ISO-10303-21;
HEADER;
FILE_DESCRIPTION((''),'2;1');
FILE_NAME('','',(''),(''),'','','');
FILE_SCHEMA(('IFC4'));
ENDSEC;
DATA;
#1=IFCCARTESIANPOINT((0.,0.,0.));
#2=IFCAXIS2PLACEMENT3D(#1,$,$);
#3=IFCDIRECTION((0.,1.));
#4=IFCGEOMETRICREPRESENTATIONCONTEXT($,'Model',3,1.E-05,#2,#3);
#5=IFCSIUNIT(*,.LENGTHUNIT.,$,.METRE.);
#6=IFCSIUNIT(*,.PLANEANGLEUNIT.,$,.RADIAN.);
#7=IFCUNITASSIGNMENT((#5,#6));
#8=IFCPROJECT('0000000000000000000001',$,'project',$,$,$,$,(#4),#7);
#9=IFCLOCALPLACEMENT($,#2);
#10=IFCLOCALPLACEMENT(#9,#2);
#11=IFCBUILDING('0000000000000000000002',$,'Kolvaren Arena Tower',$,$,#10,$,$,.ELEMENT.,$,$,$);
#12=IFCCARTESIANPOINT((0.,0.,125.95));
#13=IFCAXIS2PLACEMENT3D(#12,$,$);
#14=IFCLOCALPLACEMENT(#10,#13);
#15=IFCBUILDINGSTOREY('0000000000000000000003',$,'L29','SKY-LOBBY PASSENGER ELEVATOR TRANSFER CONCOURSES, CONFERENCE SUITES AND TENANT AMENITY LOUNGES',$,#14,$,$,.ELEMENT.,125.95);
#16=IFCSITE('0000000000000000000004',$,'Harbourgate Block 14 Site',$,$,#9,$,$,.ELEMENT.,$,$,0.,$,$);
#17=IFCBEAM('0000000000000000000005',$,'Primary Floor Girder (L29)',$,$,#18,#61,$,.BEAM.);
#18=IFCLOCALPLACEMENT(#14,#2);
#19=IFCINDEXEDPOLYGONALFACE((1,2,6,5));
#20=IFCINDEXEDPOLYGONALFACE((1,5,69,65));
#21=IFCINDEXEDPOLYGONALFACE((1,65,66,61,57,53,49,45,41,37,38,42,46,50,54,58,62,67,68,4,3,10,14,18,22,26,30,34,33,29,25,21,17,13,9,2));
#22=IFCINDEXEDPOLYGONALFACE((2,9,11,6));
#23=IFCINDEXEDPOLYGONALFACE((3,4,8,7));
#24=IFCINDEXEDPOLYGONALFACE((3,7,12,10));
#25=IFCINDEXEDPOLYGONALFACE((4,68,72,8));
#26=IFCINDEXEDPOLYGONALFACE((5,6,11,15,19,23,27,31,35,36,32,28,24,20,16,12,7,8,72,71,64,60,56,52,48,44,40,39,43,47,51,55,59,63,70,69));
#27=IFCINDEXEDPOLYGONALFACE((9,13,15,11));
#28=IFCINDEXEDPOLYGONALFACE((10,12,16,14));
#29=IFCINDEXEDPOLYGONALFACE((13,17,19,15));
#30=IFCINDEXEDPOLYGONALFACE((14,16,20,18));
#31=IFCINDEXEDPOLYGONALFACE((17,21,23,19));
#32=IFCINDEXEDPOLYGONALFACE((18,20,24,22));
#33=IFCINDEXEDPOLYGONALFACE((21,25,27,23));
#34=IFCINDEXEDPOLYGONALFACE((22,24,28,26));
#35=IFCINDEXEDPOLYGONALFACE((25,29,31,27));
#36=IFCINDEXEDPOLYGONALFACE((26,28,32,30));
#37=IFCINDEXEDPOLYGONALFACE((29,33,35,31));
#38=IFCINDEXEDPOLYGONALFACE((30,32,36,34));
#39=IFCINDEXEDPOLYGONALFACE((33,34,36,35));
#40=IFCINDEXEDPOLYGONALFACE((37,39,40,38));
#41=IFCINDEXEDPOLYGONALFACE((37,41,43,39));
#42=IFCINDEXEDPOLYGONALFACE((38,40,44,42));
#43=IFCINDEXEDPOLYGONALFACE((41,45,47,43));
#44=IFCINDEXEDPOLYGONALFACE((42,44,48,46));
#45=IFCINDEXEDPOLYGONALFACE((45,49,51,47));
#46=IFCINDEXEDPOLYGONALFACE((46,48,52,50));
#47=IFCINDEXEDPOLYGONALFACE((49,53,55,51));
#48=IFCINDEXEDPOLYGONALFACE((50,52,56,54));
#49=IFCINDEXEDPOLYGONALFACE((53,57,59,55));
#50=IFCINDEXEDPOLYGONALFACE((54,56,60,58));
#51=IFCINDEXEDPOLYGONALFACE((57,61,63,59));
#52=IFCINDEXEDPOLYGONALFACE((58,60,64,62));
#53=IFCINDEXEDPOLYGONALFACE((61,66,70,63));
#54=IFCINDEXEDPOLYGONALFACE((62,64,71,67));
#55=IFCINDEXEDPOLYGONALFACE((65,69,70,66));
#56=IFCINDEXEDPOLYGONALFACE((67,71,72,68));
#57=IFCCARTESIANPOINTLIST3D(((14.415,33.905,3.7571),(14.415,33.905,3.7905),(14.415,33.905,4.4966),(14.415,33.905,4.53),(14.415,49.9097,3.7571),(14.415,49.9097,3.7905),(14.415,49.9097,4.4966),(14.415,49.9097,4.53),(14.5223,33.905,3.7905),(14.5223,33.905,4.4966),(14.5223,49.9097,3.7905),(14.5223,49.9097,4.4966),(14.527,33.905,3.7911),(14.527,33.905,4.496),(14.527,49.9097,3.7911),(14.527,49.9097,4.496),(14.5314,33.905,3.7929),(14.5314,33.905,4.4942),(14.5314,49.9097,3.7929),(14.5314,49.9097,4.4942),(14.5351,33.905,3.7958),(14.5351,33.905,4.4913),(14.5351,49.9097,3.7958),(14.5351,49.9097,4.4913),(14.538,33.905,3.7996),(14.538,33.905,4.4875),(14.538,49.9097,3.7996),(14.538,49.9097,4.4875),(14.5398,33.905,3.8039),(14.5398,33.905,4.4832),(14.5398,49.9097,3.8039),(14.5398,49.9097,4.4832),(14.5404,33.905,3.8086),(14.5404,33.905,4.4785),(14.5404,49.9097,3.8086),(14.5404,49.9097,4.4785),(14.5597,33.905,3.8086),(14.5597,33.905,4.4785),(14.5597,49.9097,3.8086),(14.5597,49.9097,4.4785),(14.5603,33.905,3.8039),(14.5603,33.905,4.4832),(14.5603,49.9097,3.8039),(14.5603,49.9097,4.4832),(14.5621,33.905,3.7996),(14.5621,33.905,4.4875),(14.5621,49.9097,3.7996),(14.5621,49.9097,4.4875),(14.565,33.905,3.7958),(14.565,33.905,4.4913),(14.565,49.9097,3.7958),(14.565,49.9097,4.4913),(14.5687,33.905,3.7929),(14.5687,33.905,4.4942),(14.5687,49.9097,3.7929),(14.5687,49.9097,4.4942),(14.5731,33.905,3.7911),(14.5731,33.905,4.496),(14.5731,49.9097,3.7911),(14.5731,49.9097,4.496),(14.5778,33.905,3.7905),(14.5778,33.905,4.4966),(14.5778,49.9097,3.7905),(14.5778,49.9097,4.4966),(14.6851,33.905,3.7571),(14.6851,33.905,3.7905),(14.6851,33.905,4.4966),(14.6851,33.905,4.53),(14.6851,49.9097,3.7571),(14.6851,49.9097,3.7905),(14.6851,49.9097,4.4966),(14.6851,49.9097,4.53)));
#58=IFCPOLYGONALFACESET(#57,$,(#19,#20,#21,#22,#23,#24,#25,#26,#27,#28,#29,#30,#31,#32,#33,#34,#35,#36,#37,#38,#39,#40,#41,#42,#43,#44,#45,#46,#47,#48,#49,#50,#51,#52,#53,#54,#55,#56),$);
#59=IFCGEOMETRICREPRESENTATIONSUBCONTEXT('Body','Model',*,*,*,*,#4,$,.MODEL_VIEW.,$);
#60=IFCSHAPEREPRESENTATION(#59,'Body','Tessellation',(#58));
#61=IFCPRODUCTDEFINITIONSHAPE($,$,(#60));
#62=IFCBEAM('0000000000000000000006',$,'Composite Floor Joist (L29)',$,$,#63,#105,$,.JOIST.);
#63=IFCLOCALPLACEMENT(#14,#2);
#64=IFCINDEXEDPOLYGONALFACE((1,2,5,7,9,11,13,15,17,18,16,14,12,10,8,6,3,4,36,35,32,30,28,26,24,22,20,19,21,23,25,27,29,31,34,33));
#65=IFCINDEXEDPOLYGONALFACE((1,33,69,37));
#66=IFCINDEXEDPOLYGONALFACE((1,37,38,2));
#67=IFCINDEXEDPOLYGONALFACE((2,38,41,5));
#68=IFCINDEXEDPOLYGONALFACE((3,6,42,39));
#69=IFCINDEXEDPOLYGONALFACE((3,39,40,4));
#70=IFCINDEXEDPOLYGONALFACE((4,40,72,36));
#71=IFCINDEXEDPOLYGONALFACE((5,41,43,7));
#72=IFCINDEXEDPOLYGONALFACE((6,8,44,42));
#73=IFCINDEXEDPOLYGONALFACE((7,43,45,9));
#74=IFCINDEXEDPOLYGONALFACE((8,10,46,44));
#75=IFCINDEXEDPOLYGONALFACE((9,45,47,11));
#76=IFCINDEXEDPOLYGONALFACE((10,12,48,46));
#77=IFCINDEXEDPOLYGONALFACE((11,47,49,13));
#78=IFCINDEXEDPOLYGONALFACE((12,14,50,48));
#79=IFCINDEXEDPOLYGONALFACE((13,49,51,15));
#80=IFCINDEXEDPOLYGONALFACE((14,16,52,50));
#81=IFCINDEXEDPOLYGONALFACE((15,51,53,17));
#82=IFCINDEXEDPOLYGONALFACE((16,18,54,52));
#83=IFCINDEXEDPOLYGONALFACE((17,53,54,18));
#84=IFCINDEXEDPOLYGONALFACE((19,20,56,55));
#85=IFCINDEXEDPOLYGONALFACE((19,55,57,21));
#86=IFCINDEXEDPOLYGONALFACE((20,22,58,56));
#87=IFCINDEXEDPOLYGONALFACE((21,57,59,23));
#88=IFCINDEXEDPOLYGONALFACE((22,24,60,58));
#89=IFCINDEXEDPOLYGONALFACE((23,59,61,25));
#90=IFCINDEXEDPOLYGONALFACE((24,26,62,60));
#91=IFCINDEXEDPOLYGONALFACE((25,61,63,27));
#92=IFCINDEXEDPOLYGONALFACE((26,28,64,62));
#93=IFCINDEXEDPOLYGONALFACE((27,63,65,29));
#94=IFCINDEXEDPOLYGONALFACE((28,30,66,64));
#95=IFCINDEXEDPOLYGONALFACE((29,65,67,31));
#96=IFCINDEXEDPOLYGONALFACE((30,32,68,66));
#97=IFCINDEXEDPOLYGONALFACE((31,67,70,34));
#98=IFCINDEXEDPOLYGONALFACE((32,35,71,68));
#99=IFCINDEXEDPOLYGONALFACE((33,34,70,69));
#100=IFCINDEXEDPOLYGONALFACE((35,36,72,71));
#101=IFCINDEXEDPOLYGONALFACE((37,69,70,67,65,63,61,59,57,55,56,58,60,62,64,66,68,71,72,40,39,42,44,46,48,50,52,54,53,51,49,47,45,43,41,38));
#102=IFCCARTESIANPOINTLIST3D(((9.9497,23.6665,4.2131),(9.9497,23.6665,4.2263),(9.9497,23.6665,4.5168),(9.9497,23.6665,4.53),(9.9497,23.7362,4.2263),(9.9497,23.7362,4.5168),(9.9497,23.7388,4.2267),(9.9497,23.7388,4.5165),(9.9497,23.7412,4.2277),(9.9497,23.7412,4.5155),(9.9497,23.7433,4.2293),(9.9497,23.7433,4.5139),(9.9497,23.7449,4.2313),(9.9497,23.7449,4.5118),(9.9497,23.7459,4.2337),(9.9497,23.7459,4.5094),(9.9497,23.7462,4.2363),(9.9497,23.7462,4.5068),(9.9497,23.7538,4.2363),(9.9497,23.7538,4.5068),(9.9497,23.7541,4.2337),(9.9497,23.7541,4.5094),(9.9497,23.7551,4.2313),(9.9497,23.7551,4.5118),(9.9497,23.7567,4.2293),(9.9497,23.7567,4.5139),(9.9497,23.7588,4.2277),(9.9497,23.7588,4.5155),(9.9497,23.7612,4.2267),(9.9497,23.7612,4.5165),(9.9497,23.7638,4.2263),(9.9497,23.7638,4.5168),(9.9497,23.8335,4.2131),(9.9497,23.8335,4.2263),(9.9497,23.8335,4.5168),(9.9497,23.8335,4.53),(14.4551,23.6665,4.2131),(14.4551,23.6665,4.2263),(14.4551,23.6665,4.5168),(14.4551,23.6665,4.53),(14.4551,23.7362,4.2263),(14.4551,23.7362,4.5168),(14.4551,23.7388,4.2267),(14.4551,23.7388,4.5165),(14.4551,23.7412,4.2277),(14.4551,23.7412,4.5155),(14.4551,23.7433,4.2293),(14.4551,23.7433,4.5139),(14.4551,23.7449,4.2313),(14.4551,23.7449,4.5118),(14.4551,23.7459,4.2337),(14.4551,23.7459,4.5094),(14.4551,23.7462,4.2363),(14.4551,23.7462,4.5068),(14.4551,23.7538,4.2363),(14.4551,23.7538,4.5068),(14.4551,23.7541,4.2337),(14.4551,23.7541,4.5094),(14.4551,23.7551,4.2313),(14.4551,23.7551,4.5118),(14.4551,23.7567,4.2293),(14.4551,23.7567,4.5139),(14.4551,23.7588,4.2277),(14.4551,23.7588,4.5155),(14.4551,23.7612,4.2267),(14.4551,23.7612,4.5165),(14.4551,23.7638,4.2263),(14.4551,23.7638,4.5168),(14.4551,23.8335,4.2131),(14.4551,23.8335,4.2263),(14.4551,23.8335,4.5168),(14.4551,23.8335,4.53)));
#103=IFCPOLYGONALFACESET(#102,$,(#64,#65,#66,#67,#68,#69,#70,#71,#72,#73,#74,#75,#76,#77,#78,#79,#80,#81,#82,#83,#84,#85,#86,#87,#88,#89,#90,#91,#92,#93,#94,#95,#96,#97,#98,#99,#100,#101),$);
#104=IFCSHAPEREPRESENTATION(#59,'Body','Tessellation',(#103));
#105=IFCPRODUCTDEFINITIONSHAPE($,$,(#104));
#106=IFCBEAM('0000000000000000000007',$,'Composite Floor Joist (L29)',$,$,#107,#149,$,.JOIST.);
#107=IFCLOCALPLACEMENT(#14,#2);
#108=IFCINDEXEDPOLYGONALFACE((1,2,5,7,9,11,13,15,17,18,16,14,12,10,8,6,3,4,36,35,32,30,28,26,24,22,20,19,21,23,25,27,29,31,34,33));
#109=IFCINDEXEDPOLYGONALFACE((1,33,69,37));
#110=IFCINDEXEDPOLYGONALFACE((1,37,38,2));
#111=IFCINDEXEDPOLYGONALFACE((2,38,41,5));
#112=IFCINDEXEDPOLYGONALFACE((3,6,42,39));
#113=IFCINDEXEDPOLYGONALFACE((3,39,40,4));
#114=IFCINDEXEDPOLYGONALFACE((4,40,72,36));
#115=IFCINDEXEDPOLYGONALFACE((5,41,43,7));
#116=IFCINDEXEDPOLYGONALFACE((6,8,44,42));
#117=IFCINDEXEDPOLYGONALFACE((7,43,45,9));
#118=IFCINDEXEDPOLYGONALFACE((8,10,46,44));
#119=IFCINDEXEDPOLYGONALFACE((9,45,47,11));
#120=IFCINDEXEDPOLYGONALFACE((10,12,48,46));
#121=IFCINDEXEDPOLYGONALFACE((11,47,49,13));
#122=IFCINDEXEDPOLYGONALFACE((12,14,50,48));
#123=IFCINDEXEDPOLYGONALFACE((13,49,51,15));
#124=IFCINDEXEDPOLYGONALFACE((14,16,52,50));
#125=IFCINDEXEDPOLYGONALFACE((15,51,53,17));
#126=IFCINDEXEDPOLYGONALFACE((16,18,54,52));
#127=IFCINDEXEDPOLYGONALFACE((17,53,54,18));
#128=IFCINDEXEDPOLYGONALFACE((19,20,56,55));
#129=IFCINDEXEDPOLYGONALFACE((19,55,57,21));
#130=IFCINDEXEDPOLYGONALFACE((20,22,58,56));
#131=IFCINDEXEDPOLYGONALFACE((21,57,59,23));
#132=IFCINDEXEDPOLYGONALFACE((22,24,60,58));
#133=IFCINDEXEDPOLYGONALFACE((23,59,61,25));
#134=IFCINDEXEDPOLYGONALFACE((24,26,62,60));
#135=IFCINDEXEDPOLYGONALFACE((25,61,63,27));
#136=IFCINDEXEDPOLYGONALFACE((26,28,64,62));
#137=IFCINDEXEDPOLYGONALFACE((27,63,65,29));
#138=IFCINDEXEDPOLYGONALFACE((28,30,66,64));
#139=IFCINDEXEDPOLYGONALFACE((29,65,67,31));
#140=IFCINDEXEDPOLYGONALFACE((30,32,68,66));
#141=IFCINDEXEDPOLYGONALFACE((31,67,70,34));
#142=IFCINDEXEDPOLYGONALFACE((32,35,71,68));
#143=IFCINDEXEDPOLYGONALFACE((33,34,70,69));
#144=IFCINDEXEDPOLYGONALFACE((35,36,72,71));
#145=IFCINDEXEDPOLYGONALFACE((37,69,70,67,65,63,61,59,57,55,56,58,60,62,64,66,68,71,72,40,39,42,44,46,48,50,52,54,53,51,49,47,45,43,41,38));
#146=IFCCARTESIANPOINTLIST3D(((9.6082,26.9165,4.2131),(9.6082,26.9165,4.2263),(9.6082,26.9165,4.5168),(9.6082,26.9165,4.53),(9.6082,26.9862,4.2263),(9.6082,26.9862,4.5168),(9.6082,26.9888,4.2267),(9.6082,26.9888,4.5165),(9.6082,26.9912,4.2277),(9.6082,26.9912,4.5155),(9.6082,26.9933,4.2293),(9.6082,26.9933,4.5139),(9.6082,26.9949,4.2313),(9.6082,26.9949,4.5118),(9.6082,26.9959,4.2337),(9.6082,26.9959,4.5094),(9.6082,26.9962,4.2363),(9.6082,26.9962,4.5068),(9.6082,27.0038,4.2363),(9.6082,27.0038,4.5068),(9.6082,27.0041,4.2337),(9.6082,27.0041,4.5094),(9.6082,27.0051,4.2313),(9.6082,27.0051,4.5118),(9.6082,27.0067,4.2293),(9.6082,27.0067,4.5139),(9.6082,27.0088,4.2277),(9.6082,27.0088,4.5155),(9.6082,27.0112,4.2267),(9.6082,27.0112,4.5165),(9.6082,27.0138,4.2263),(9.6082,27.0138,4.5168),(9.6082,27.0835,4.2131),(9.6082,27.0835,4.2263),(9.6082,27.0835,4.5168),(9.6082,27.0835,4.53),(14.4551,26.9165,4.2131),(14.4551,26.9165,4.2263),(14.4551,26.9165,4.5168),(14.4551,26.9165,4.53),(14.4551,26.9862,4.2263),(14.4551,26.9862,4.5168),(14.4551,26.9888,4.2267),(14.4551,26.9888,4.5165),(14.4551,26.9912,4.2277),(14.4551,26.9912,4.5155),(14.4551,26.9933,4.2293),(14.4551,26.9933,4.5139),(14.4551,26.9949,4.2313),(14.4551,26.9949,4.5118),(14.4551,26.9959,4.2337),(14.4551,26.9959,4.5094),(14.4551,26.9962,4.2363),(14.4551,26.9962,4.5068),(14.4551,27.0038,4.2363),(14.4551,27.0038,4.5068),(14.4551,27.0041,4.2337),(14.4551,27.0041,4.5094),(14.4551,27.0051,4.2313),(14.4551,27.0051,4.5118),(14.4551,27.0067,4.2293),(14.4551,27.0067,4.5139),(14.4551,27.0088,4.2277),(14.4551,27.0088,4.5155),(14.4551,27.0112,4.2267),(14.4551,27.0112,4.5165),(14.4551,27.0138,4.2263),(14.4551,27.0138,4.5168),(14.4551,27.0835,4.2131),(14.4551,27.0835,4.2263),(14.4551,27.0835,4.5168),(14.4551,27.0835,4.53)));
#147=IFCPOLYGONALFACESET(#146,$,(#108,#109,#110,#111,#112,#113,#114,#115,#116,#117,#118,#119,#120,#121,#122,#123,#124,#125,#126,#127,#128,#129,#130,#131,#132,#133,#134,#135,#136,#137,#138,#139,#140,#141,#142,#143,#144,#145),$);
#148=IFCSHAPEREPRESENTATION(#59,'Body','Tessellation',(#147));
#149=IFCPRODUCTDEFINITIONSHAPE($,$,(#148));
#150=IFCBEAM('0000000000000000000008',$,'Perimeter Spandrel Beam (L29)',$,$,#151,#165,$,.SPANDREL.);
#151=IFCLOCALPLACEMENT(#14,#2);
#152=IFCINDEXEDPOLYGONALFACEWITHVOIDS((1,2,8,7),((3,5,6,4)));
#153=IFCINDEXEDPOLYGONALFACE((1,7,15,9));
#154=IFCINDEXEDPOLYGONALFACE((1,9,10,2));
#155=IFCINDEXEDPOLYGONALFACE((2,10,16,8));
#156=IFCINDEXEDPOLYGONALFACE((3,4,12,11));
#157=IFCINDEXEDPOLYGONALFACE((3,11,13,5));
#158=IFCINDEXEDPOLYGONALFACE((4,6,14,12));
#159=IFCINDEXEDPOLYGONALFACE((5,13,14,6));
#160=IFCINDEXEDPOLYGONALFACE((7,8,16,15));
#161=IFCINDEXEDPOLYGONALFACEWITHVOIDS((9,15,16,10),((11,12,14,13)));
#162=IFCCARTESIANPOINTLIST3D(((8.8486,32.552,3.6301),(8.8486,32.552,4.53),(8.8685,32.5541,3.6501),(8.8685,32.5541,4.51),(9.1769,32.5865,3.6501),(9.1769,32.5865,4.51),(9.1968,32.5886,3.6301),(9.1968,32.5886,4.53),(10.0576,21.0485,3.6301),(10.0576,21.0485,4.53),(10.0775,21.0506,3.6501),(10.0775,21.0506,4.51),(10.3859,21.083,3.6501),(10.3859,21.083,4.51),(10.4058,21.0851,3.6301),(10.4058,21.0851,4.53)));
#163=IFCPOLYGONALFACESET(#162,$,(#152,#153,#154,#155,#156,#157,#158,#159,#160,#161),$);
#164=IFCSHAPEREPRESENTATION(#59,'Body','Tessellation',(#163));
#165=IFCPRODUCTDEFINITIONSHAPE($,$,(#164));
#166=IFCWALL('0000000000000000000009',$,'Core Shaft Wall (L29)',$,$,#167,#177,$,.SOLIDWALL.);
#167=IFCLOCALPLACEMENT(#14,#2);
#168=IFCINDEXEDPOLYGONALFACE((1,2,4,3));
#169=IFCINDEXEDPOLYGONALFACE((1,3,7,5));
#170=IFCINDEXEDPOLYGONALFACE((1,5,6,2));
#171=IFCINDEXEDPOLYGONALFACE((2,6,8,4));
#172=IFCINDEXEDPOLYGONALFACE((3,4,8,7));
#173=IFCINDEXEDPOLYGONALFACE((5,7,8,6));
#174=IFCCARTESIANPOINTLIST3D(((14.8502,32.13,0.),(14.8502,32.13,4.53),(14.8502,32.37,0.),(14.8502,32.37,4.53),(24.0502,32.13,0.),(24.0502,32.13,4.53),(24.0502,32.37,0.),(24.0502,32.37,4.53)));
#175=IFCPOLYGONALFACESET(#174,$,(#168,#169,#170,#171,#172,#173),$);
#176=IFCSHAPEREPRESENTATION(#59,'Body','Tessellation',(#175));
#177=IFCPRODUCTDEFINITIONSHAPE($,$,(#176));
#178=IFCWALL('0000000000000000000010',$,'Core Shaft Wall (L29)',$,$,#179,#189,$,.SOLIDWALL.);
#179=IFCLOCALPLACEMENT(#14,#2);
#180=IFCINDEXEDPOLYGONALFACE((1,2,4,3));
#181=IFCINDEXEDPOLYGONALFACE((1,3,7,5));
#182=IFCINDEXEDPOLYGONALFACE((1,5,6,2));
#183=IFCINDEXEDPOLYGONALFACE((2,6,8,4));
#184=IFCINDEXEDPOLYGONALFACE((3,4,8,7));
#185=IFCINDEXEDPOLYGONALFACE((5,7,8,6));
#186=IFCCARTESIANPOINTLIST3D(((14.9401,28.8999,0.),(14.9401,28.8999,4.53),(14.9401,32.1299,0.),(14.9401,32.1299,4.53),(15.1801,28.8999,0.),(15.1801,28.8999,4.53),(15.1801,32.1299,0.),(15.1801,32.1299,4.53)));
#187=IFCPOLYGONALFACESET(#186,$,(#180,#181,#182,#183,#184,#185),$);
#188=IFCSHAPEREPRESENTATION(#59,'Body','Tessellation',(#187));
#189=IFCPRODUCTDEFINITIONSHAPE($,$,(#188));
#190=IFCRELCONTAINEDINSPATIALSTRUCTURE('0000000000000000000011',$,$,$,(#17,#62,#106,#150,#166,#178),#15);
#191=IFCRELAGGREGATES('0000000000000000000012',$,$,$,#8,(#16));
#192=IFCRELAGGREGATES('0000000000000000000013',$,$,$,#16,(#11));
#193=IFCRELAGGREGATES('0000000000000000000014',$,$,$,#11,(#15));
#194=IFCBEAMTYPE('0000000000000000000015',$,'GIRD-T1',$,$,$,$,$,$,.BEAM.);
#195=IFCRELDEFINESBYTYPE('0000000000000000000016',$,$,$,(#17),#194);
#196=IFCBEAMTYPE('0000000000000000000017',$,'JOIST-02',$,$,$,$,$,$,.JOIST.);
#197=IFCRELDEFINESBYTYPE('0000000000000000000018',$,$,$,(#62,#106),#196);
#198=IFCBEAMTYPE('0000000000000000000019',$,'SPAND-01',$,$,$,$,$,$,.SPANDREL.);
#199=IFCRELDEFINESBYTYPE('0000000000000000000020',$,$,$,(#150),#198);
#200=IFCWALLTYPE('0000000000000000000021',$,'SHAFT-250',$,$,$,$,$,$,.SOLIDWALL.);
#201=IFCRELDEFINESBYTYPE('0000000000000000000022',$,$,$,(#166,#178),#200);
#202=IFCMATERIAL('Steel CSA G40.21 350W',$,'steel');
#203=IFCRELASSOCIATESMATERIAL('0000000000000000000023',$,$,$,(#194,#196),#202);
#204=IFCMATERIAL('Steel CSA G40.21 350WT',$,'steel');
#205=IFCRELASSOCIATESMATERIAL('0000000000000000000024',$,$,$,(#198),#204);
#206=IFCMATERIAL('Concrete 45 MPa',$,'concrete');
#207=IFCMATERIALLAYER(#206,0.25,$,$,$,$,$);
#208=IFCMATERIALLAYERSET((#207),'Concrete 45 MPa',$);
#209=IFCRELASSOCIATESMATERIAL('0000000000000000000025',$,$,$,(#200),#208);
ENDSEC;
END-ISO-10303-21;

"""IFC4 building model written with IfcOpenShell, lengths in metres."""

from ifc_helpers import new_model, si_unit, direction, frame, frame_2d, origin, origin_2d, place, context, subcontext, project, spatial, rectangle, hollow_rectangle, i_section, extrude, material, layer, layer_set, material_profile, profile_set, type_object, element, save


model = new_model("IFC4")

# Units and contexts
model_context = context("Model", 3, precision=1e-05, world=origin(), true_north=direction((0.0, 1.0)))
body_context = subcontext(model_context, "Body", "Model", "MODEL_VIEW")
ifc_project = project(units=[si_unit("LENGTHUNIT", "METRE"), si_unit("PLANEANGLEUNIT", "RADIAN")], contexts=[model_context])

# Site, building, storey
site_placement = place(None, origin())
site = spatial("IfcSite", under=ifc_project, at=site_placement, Name="Harbourgate Block 14 Site", CompositionType="ELEMENT", RefElevation=0.0)
building_placement = place(site_placement, origin())
building = spatial("IfcBuilding", under=site, at=building_placement, Name="Kolvaren Arena Tower", CompositionType="ELEMENT")
storey_placement = place(building_placement, frame((0.0, 0.0, 125.95)))
storey = spatial("IfcBuildingStorey", under=building, at=storey_placement, Name="L29", Description="SKY-LOBBY PASSENGER ELEVATOR TRANSFER CONCOURSES, CONFERENCE SUITES AND TENANT AMENITY LOUNGES", CompositionType="ELEMENT", Elevation=125.95)

# Beams
ifc_material_1 = material(Name="Steel CSA G40.21 350W", Category="steel")
ifc_material_profile_1 = material_profile(ifc_material_1, i_section(OverallWidth=0.27, OverallDepth=0.7729, WebThickness=0.0193, FlangeThickness=0.0334, FilletRadius=0.0181, at=origin_2d()), Name="W760x257")
ifc_profile_set_1 = profile_set([ifc_material_profile_1], Name="Steel CSA G40.21 350W")
beam_type_1 = type_object("IfcBeamType", Name="GIRD-T1", PredefinedType="BEAM", material=ifc_profile_set_1)
beam_1_placement = place(storey_placement, frame((14.55, 33.905, 4.1436), z_axis=(0.0, 1.0, 0.0), x_axis=(-1.0, 0.0, 0.0)))
element("IfcBeam", 1, at=beam_1_placement, inside=storey, type_object=beam_type_1, Name="Primary Floor Girder (L29)", PredefinedType="BEAM", context=body_context, shape_type="SweptSolid", body=[
    extrude(i_section(OverallWidth=0.27, OverallDepth=0.7729, WebThickness=0.0193, FlangeThickness=0.0334, FilletRadius=0.0181, at=origin_2d()), origin(), (0.0, 0.0, 1.0), 16.0046),
])
ifc_material_profile_2 = material_profile(ifc_material_1, i_section(OverallWidth=0.167, OverallDepth=0.3169, WebThickness=0.0076, FlangeThickness=0.0132, FilletRadius=0.01, at=origin_2d()), Name="W310x52")
ifc_profile_set_2 = profile_set([ifc_material_profile_2], Name="Steel CSA G40.21 350W")
beam_type_2 = type_object("IfcBeamType", Name="JOIST-02", PredefinedType="JOIST", material=ifc_profile_set_2)
beam_2_placement = place(storey_placement, frame((9.9497, 23.75, 4.3716), z_axis=(1.0, 0.0, 0.0), x_axis=(0.0, 1.0, 0.0)))
element("IfcBeam", 2, at=beam_2_placement, inside=storey, type_object=beam_type_2, Name="Composite Floor Joist (L29)", PredefinedType="JOIST", context=body_context, shape_type="SweptSolid", body=[
    extrude(i_section(OverallWidth=0.167, OverallDepth=0.3169, WebThickness=0.0076, FlangeThickness=0.0132, FilletRadius=0.01, at=origin_2d()), origin(), (0.0, 0.0, 1.0), 4.5054),
])
beam_3_placement = place(storey_placement, frame((9.6082, 27.0, 4.3716), z_axis=(1.0, 0.0, 0.0), x_axis=(0.0, 1.0, 0.0)))
element("IfcBeam", 3, at=beam_3_placement, inside=storey, type_object=beam_type_2, Name="Composite Floor Joist (L29)", PredefinedType="JOIST", context=body_context, shape_type="SweptSolid", body=[
    extrude(i_section(OverallWidth=0.167, OverallDepth=0.3169, WebThickness=0.0076, FlangeThickness=0.0132, FilletRadius=0.01, at=origin_2d()), origin(), (0.0, 0.0, 1.0), 4.8469),
])
ifc_material_2 = material(Name="Steel CSA G40.21 350WT", Category="steel")
ifc_material_profile_3 = material_profile(ifc_material_2, hollow_rectangle(XDim=0.3501, YDim=0.8999, WallThickness=0.02, at=origin_2d()), Name="HSS 900x350x20")
ifc_profile_set_3 = profile_set([ifc_material_profile_3], Name="Steel CSA G40.21 350WT")
beam_type_3 = type_object("IfcBeamType", Name="SPAND-01", PredefinedType="SPANDREL", material=ifc_profile_set_3)
beam_4_placement = place(storey_placement, frame((9.0227, 32.5703, 4.0801), z_axis=(0.104522, -0.994523, 0.0), x_axis=(0.994523, 0.104522, 0.0)))
element("IfcBeam", 4, at=beam_4_placement, inside=storey, type_object=beam_type_3, Name="Perimeter Spandrel Beam (L29)", PredefinedType="SPANDREL", context=body_context, shape_type="SweptSolid", body=[
    extrude(hollow_rectangle(XDim=0.3501, YDim=0.8999, WallThickness=0.02, at=origin_2d()), origin(), (0.0, 0.0, 1.0), 11.5669),
])

# Walls
ifc_material_3 = material(Name="Concrete 45 MPa", Category="concrete")
ifc_layer = layer(ifc_material_3, 0.25)
ifc_layer_set = layer_set([ifc_layer], Name="Concrete 45 MPa")
wall_type = type_object("IfcWallType", Name="SHAFT-250", PredefinedType="SOLIDWALL", material=ifc_layer_set)
wall_1_placement = place(storey_placement, frame((14.8501, 32.25, 0.0), z_axis=(0.0, 0.0, 1.0), x_axis=(1.0, 0.0, 0.0)))
element("IfcWall", 5, at=wall_1_placement, inside=storey, type_object=wall_type, Name="Core Shaft Wall (L29)", PredefinedType="SOLIDWALL", context=body_context, shape_type="SweptSolid", body=[
    extrude(rectangle(XDim=9.2, YDim=0.24, at=frame_2d((4.6001, 0.0))), origin(), (0.0, 0.0, 1.0), 4.53),
])
wall_2_placement = place(storey_placement, frame((15.0601, 28.8999, 0.0), z_axis=(0.0, 0.0, 1.0), x_axis=(0.0, 1.0, 0.0)))
element("IfcWall", 6, at=wall_2_placement, inside=storey, type_object=wall_type, Name="Core Shaft Wall (L29)", PredefinedType="SOLIDWALL", context=body_context, shape_type="SweptSolid", body=[
    extrude(rectangle(XDim=3.23, YDim=0.24, at=frame_2d((1.615, 0.0))), origin(), (0.0, 0.0, 1.0), 4.53),
])

save(model, "model.ifc")
